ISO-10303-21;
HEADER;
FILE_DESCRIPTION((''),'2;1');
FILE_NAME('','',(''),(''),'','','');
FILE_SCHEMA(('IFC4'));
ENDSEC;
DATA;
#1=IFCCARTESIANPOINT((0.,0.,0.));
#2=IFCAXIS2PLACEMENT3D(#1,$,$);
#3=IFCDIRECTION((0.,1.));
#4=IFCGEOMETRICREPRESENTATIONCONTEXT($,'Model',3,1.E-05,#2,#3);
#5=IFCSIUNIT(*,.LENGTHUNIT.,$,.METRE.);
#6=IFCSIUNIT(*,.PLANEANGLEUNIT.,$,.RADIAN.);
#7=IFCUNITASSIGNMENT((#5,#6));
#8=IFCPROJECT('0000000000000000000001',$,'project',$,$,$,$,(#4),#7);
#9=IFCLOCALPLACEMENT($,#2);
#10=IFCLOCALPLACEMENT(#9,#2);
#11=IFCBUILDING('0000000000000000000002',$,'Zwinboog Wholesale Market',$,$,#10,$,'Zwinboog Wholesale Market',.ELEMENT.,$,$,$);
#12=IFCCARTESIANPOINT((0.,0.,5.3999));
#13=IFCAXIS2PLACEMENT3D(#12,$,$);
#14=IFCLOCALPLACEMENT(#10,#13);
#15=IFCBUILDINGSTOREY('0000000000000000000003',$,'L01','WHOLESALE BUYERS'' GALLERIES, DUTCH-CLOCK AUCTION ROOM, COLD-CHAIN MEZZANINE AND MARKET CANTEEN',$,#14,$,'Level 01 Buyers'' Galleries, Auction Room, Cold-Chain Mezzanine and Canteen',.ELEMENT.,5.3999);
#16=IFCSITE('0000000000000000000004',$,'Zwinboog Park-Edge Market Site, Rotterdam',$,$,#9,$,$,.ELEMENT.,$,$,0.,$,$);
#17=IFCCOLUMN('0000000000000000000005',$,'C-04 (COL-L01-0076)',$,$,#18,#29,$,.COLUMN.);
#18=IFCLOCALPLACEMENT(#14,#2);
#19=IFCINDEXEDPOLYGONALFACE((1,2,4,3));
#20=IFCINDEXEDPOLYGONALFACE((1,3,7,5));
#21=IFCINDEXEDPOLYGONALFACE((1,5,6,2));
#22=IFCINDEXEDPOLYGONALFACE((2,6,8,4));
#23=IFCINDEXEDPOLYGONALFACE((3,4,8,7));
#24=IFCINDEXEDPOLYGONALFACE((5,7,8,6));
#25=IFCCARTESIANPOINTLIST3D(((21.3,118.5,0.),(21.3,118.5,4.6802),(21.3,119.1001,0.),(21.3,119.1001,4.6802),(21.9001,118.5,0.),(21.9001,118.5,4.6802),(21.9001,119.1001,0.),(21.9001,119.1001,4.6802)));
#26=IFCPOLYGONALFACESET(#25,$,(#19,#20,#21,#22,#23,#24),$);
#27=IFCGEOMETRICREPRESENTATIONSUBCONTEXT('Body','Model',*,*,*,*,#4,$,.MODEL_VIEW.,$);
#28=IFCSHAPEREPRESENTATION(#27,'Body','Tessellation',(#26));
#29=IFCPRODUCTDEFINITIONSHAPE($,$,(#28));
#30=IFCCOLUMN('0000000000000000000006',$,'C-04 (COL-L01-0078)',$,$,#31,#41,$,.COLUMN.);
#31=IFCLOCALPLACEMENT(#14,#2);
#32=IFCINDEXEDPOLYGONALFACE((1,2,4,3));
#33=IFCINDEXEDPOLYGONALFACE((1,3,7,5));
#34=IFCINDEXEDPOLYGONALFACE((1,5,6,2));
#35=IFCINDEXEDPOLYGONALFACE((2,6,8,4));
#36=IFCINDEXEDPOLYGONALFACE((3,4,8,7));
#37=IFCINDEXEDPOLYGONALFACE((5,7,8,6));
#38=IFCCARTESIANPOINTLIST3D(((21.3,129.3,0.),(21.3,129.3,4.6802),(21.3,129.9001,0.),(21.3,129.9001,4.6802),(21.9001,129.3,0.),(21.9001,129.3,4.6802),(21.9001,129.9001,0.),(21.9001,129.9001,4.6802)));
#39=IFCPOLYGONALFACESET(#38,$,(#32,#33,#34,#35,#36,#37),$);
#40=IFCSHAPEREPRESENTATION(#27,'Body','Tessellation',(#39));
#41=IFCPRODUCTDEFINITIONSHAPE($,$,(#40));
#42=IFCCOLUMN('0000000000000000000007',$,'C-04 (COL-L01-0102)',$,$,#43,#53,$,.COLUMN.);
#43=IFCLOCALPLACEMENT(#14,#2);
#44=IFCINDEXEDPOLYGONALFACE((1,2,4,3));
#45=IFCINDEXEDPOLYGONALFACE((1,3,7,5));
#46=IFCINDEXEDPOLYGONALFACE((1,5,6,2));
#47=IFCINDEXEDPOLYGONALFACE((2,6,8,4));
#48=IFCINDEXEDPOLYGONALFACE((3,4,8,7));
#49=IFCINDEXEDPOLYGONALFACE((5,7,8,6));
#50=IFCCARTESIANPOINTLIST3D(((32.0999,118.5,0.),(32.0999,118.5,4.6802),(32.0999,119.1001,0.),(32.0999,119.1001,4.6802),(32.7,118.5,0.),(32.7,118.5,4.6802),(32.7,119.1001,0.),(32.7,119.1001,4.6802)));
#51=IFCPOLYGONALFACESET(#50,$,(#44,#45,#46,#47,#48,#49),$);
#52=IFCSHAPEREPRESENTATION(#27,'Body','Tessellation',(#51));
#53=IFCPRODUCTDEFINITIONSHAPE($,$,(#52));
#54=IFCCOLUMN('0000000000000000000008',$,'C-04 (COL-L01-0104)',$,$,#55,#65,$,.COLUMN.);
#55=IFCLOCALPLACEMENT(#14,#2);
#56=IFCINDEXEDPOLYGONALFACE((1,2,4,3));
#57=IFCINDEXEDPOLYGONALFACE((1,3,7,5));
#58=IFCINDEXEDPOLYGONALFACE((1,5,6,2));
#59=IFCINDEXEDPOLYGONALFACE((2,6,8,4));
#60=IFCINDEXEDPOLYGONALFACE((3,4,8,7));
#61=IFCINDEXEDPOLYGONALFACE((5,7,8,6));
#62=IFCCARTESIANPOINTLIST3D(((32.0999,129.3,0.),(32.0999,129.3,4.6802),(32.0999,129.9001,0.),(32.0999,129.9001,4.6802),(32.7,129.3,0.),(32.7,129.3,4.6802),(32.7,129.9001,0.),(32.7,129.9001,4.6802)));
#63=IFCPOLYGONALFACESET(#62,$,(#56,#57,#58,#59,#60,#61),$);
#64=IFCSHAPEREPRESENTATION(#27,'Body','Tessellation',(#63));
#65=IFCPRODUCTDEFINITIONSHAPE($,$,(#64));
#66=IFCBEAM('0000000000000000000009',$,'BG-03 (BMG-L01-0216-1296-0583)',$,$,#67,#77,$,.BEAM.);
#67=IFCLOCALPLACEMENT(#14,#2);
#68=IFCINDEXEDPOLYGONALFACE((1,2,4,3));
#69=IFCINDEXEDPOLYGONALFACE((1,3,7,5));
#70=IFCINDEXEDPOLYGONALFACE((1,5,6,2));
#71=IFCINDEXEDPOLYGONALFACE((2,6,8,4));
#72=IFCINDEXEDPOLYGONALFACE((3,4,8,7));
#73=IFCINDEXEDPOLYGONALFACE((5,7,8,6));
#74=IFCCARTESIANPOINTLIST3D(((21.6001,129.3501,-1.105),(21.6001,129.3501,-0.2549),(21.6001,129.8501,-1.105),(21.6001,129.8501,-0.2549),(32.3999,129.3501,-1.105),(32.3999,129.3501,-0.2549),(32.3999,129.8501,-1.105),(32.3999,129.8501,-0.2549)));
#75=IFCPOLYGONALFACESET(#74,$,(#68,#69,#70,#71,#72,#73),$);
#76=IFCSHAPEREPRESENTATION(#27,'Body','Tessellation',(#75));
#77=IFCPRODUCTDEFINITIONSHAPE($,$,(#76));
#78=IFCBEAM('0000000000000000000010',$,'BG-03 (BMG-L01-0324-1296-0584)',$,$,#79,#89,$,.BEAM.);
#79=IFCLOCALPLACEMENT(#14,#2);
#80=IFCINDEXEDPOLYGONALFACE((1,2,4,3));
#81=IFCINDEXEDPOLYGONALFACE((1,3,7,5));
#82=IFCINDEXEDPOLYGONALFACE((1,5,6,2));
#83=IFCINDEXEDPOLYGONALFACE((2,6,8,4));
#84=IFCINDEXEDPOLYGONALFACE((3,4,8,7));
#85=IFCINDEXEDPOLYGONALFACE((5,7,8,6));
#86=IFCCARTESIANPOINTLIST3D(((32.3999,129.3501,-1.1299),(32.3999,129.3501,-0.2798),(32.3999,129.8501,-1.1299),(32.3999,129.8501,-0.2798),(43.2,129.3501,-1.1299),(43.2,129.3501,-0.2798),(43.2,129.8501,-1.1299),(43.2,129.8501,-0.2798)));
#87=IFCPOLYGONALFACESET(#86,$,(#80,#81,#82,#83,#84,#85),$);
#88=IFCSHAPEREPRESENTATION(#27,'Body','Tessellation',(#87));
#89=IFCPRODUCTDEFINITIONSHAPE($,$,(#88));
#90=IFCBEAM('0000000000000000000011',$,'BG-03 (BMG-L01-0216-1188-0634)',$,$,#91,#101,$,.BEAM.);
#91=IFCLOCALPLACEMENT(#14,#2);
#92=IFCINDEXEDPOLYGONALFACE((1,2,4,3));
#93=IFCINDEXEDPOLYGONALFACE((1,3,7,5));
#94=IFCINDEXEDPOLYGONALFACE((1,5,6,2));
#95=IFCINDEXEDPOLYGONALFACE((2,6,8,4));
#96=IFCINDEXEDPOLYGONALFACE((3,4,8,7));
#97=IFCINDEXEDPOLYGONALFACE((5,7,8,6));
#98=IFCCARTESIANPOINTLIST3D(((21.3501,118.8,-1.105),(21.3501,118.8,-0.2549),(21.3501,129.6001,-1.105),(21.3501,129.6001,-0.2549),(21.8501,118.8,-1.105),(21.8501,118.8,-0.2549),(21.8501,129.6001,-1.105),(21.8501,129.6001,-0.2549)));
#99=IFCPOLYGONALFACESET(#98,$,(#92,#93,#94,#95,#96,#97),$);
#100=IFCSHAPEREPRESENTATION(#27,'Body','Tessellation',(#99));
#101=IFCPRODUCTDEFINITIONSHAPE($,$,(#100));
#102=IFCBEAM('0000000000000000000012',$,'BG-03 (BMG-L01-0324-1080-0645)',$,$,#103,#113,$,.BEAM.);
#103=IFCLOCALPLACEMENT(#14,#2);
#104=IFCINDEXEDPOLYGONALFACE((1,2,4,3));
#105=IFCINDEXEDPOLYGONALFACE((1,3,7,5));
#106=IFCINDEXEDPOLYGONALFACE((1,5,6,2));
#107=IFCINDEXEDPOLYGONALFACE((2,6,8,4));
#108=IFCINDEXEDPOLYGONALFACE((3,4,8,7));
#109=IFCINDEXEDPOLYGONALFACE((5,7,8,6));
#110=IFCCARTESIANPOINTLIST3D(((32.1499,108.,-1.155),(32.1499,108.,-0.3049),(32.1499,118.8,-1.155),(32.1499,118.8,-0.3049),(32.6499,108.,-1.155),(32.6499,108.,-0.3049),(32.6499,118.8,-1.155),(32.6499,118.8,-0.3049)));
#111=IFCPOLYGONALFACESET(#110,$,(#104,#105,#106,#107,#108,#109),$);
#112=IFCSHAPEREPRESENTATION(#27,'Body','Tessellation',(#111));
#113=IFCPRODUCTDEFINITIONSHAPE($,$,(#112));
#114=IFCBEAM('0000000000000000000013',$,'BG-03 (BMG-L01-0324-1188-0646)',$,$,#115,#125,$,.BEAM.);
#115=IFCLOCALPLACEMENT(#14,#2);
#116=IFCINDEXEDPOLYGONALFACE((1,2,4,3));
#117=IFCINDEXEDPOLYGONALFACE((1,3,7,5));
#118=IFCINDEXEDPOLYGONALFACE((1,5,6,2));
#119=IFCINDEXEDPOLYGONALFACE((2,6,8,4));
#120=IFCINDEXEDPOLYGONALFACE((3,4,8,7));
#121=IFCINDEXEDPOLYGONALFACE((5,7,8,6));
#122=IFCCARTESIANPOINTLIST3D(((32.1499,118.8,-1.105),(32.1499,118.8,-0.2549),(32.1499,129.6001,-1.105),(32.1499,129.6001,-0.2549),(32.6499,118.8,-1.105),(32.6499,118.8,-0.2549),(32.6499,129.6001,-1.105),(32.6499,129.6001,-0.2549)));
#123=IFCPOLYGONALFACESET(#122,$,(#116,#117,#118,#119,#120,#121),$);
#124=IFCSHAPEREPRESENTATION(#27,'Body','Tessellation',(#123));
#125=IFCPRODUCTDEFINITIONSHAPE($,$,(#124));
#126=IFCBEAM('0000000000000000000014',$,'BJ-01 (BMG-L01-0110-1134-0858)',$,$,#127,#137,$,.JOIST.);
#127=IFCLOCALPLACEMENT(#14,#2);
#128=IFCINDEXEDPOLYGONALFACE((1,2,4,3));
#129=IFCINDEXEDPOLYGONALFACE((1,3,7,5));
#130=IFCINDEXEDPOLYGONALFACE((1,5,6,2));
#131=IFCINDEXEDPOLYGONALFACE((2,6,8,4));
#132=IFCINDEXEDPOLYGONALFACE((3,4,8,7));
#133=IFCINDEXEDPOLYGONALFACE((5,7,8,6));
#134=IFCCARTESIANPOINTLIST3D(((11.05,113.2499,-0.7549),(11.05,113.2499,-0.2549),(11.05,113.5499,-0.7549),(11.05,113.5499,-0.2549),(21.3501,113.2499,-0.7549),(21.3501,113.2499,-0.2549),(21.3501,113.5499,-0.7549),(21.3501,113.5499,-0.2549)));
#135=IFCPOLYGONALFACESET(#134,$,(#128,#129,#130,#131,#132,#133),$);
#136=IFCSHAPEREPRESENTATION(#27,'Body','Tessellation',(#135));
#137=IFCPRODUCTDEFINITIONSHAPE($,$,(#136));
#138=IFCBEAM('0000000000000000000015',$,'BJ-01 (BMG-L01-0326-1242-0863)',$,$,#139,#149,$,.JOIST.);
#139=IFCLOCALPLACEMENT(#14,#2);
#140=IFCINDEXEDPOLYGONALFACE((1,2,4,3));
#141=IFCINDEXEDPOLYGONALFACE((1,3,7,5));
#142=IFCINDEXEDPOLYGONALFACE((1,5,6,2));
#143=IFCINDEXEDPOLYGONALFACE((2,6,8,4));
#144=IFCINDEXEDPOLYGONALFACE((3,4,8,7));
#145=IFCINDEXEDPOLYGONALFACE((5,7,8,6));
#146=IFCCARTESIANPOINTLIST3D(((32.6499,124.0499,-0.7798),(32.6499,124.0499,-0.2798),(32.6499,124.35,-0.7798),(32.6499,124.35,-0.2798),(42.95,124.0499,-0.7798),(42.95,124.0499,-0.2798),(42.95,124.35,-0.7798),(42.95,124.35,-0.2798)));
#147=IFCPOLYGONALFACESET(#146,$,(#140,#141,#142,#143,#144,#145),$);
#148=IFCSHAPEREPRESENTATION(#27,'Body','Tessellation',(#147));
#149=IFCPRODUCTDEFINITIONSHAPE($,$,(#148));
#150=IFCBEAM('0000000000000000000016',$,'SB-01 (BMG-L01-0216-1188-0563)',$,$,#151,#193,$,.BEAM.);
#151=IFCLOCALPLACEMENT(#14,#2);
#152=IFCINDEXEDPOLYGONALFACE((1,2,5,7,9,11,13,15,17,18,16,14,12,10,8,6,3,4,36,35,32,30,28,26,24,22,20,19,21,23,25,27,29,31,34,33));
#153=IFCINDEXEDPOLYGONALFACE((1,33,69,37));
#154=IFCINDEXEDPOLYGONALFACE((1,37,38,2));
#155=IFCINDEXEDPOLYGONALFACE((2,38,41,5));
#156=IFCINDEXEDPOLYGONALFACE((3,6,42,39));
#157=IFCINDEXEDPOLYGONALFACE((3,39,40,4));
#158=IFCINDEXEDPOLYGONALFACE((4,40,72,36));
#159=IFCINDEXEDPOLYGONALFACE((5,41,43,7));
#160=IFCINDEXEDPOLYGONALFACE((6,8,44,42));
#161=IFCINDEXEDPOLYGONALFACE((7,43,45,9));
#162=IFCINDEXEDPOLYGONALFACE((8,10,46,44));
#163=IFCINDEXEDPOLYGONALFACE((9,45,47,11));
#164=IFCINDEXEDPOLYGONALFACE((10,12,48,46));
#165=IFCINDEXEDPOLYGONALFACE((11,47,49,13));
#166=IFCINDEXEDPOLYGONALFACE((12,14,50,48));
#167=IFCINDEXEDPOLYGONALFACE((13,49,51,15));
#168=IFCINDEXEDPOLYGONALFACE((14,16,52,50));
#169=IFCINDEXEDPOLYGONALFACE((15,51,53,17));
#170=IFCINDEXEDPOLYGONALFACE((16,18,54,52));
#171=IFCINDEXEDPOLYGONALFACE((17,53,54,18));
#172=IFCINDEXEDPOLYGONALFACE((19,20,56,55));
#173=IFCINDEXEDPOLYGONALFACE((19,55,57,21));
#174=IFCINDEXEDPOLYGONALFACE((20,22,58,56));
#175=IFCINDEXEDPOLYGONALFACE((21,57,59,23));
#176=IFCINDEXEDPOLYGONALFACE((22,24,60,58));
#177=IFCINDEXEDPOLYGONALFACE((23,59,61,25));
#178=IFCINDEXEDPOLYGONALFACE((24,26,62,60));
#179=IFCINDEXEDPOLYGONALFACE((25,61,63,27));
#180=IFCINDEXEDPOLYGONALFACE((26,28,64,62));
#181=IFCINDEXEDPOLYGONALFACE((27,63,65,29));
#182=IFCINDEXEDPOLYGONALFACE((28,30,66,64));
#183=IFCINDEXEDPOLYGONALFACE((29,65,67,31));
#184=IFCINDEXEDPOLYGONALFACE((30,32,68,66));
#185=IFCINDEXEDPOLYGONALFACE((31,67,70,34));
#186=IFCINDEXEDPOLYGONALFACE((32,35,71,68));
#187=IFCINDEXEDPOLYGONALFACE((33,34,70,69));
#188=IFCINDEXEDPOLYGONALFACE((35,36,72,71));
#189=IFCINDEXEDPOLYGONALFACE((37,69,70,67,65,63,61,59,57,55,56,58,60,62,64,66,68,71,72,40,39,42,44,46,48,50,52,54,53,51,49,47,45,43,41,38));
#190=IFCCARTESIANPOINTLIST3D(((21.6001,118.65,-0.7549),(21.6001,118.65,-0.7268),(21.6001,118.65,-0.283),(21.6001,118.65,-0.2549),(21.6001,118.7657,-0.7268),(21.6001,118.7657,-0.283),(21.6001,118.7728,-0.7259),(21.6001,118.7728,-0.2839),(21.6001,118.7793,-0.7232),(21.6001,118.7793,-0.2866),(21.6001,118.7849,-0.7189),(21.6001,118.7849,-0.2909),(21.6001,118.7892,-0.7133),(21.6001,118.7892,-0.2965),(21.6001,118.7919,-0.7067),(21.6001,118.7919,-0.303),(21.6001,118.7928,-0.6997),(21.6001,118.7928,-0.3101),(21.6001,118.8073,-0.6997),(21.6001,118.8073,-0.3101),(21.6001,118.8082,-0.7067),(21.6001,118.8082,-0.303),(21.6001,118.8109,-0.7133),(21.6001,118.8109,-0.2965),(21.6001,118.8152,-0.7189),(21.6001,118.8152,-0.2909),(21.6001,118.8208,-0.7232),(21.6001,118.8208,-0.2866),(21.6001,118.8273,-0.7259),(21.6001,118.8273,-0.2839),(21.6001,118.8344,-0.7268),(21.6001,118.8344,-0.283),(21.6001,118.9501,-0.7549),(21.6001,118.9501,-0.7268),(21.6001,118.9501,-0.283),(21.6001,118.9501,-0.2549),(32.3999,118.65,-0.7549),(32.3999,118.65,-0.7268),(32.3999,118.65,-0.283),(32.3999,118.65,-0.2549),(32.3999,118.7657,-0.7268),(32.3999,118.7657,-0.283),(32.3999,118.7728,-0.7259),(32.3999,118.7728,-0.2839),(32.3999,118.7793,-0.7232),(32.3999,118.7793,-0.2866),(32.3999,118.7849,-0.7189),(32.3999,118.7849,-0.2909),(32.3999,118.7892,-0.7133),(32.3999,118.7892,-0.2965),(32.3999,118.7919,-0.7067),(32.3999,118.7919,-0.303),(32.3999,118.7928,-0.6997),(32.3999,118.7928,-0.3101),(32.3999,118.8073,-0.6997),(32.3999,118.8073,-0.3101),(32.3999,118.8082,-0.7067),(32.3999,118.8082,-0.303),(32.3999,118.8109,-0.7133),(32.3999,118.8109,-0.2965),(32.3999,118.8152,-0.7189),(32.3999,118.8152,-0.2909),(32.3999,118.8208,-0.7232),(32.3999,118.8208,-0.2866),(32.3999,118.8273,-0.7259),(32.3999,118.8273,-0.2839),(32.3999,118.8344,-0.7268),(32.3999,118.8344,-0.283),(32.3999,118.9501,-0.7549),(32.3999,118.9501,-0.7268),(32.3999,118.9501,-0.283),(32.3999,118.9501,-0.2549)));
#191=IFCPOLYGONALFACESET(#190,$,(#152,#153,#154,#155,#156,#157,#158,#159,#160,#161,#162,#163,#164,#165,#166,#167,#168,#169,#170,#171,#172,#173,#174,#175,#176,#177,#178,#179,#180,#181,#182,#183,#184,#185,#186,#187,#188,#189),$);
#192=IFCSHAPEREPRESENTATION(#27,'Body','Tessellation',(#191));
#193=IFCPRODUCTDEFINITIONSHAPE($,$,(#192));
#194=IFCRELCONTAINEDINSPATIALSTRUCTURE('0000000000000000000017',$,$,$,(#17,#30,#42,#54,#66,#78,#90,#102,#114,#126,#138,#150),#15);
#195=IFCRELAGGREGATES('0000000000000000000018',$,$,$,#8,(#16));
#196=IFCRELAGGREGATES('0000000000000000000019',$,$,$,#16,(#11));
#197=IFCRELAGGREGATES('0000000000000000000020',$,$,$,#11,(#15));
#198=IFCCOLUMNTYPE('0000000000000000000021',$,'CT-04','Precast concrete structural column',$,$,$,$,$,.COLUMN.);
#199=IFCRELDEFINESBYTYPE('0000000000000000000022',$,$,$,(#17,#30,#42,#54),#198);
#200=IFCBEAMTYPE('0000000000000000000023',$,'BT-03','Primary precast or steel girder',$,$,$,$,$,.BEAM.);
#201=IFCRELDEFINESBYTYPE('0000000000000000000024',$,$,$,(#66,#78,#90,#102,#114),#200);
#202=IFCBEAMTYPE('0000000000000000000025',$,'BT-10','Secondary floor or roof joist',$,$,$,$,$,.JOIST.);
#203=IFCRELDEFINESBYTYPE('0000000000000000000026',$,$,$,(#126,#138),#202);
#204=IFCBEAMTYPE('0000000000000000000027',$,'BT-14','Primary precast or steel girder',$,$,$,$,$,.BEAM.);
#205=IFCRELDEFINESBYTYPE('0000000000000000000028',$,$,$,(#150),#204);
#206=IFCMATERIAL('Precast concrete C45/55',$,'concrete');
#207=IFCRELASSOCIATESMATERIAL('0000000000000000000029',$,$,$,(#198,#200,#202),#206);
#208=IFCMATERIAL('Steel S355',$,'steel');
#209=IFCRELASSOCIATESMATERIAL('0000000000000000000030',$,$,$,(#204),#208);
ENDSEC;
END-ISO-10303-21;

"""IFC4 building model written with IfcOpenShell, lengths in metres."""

from ifc_helpers import new_model, si_unit, direction, frame, origin, origin_2d, place, context, subcontext, project, spatial, rectangle, i_section, extrude, material, material_profile, profile_set, type_object, element, save


model = new_model("IFC4")

# Units and contexts
model_context = context("Model", 3, precision=1e-05, world=origin(), true_north=direction((0.0, 1.0)))
body_context = subcontext(model_context, "Body", "Model", "MODEL_VIEW")
ifc_project = project(units=[si_unit("LENGTHUNIT", "METRE"), si_unit("PLANEANGLEUNIT", "RADIAN")], contexts=[model_context])

# Site, building, storey
site_placement = place(None, origin())
site = spatial("IfcSite", under=ifc_project, at=site_placement, Name="Zwinboog Park-Edge Market Site, Rotterdam", CompositionType="ELEMENT", RefElevation=0.0)
building_placement = place(site_placement, origin())
building = spatial("IfcBuilding", under=site, at=building_placement, Name="Zwinboog Wholesale Market", LongName="Zwinboog Wholesale Market", CompositionType="ELEMENT")
storey_placement = place(building_placement, frame((0.0, 0.0, 5.3999)))
storey = spatial("IfcBuildingStorey", under=building, at=storey_placement, Name="L01", Description="WHOLESALE BUYERS' GALLERIES, DUTCH-CLOCK AUCTION ROOM, COLD-CHAIN MEZZANINE AND MARKET CANTEEN", LongName="Level 01 Buyers' Galleries, Auction Room, Cold-Chain Mezzanine and Canteen", CompositionType="ELEMENT", Elevation=5.3999)

# Columns
ifc_material_1 = material(Name="Precast concrete C45/55", Category="concrete")
ifc_material_profile_1 = material_profile(ifc_material_1, rectangle(XDim=0.6001, YDim=0.6001, at=origin_2d()), Name="PC 600x600")
ifc_profile_set_1 = profile_set([ifc_material_profile_1], Name="Precast concrete C45/55")
column_type = type_object("IfcColumnType", Name="CT-04", Description="Precast concrete structural column", PredefinedType="COLUMN", material=ifc_profile_set_1)
for number, where, z_axis, x_axis, name in (
    (1, (21.6001, 118.8, 0.0), (0.0, 0.0, 1.0), (1.0, 0.0, 0.0), "C-04 (COL-L01-0076)"),
    (2, (21.6001, 129.6001, 0.0), (0.0, 0.0, 1.0), (1.0, 0.0, 0.0), "C-04 (COL-L01-0078)"),
    (3, (32.3999, 118.8, 0.0), (0.0, 0.0, 1.0), (1.0, 0.0, 0.0), "C-04 (COL-L01-0102)"),
    (4, (32.3999, 129.6001, 0.0), (0.0, 0.0, 1.0), (1.0, 0.0, 0.0), "C-04 (COL-L01-0104)"),
):
    element("IfcColumn", number, at=place(storey_placement, frame(where, z_axis=z_axis, x_axis=x_axis)), inside=storey, type_object=column_type, Name=name, PredefinedType="COLUMN", context=body_context, shape_type="SweptSolid", body=[
        extrude(rectangle(XDim=0.6001, YDim=0.6001, at=origin_2d()), origin(), (0.0, 0.0, 1.0), 4.6802),
    ])

# Beams
ifc_material_profile_2 = material_profile(ifc_material_1, rectangle(XDim=0.5, YDim=0.8501, at=origin_2d()), Name="PC 500x850")
ifc_profile_set_2 = profile_set([ifc_material_profile_2], Name="Precast concrete C45/55")
beam_type_1 = type_object("IfcBeamType", Name="BT-03", Description="Primary precast or steel girder", PredefinedType="BEAM", material=ifc_profile_set_2)
beam_1_placement = place(storey_placement, frame((21.6001, 129.6001, -0.6799), z_axis=(1.0, 0.0, 0.0), x_axis=(0.0, 1.0, 0.0)))
element("IfcBeam", 5, at=beam_1_placement, inside=storey, type_object=beam_type_1, Name="BG-03 (BMG-L01-0216-1296-0583)", PredefinedType="BEAM", context=body_context, shape_type="SweptSolid", body=[
    extrude(rectangle(XDim=0.5, YDim=0.8501, at=origin_2d()), origin(), (0.0, 0.0, 1.0), 10.7998),
])
for number, where, z_axis, x_axis, name in (
    (6, (32.3999, 129.6001, -0.7048), (1.0, 0.0, 0.0), (0.0, 1.0, 0.0), "BG-03 (BMG-L01-0324-1296-0584)"),
    (7, (21.6001, 118.8, -0.6799), (0.0, 1.0, 0.0), (-1.0, 0.0, 0.0), "BG-03 (BMG-L01-0216-1188-0634)"),
    (8, (32.3999, 108.0, -0.73), (0.0, 1.0, 0.0), (-1.0, 0.0, 0.0), "BG-03 (BMG-L01-0324-1080-0645)"),
    (9, (32.3999, 118.8, -0.6799), (0.0, 1.0, 0.0), (-1.0, 0.0, 0.0), "BG-03 (BMG-L01-0324-1188-0646)"),
):
    element("IfcBeam", number, at=place(storey_placement, frame(where, z_axis=z_axis, x_axis=x_axis)), inside=storey, type_object=beam_type_1, Name=name, PredefinedType="BEAM", context=body_context, shape_type="SweptSolid", body=[
        extrude(rectangle(XDim=0.5, YDim=0.8501, at=origin_2d()), origin(), (0.0, 0.0, 1.0), 10.8),
    ])
ifc_material_profile_3 = material_profile(ifc_material_1, rectangle(XDim=0.3, YDim=0.5, at=origin_2d()), Name="PC 300x500")
ifc_profile_set_3 = profile_set([ifc_material_profile_3], Name="Precast concrete C45/55")
beam_type_2 = type_object("IfcBeamType", Name="BT-10", Description="Secondary floor or roof joist", PredefinedType="JOIST", material=ifc_profile_set_3)
for number, where, z_axis, x_axis, name in (
    (10, (11.05, 113.3999, -0.5049), (1.0, 0.0, 0.0), (0.0, 1.0, 0.0), "BJ-01 (BMG-L01-0110-1134-0858)"),
    (11, (32.6499, 124.2, -0.5298), (1.0, 0.0, 0.0), (0.0, 1.0, 0.0), "BJ-01 (BMG-L01-0326-1242-0863)"),
):
    element("IfcBeam", number, at=place(storey_placement, frame(where, z_axis=z_axis, x_axis=x_axis)), inside=storey, type_object=beam_type_2, Name=name, PredefinedType="JOIST", context=body_context, shape_type="SweptSolid", body=[
        extrude(rectangle(XDim=0.3, YDim=0.5, at=origin_2d()), origin(), (0.0, 0.0, 1.0), 10.3),
    ])
ifc_material_2 = material(Name="Steel S355", Category="steel")
ifc_material_profile_4 = material_profile(ifc_material_2, i_section(OverallWidth=0.3, OverallDepth=0.5, WebThickness=0.0144, FlangeThickness=0.0281, FilletRadius=0.0271, at=origin_2d()), Name="HEB 500")
ifc_profile_set_4 = profile_set([ifc_material_profile_4], Name="Steel S355")
beam_type_3 = type_object("IfcBeamType", Name="BT-14", Description="Primary precast or steel girder", PredefinedType="BEAM", material=ifc_profile_set_4)
beam_2_placement = place(storey_placement, frame((21.6001, 118.8, -0.5049), z_axis=(1.0, 0.0, 0.0), x_axis=(0.0, 1.0, 0.0)))
element("IfcBeam", 12, at=beam_2_placement, inside=storey, type_object=beam_type_3, Name="SB-01 (BMG-L01-0216-1188-0563)", PredefinedType="BEAM", context=body_context, shape_type="SweptSolid", body=[
    extrude(i_section(OverallWidth=0.3, OverallDepth=0.5, WebThickness=0.0144, FlangeThickness=0.0281, FilletRadius=0.0271, at=origin_2d()), origin(), (0.0, 0.0, 1.0), 10.7998),
])

save(model, "model.ifc")
